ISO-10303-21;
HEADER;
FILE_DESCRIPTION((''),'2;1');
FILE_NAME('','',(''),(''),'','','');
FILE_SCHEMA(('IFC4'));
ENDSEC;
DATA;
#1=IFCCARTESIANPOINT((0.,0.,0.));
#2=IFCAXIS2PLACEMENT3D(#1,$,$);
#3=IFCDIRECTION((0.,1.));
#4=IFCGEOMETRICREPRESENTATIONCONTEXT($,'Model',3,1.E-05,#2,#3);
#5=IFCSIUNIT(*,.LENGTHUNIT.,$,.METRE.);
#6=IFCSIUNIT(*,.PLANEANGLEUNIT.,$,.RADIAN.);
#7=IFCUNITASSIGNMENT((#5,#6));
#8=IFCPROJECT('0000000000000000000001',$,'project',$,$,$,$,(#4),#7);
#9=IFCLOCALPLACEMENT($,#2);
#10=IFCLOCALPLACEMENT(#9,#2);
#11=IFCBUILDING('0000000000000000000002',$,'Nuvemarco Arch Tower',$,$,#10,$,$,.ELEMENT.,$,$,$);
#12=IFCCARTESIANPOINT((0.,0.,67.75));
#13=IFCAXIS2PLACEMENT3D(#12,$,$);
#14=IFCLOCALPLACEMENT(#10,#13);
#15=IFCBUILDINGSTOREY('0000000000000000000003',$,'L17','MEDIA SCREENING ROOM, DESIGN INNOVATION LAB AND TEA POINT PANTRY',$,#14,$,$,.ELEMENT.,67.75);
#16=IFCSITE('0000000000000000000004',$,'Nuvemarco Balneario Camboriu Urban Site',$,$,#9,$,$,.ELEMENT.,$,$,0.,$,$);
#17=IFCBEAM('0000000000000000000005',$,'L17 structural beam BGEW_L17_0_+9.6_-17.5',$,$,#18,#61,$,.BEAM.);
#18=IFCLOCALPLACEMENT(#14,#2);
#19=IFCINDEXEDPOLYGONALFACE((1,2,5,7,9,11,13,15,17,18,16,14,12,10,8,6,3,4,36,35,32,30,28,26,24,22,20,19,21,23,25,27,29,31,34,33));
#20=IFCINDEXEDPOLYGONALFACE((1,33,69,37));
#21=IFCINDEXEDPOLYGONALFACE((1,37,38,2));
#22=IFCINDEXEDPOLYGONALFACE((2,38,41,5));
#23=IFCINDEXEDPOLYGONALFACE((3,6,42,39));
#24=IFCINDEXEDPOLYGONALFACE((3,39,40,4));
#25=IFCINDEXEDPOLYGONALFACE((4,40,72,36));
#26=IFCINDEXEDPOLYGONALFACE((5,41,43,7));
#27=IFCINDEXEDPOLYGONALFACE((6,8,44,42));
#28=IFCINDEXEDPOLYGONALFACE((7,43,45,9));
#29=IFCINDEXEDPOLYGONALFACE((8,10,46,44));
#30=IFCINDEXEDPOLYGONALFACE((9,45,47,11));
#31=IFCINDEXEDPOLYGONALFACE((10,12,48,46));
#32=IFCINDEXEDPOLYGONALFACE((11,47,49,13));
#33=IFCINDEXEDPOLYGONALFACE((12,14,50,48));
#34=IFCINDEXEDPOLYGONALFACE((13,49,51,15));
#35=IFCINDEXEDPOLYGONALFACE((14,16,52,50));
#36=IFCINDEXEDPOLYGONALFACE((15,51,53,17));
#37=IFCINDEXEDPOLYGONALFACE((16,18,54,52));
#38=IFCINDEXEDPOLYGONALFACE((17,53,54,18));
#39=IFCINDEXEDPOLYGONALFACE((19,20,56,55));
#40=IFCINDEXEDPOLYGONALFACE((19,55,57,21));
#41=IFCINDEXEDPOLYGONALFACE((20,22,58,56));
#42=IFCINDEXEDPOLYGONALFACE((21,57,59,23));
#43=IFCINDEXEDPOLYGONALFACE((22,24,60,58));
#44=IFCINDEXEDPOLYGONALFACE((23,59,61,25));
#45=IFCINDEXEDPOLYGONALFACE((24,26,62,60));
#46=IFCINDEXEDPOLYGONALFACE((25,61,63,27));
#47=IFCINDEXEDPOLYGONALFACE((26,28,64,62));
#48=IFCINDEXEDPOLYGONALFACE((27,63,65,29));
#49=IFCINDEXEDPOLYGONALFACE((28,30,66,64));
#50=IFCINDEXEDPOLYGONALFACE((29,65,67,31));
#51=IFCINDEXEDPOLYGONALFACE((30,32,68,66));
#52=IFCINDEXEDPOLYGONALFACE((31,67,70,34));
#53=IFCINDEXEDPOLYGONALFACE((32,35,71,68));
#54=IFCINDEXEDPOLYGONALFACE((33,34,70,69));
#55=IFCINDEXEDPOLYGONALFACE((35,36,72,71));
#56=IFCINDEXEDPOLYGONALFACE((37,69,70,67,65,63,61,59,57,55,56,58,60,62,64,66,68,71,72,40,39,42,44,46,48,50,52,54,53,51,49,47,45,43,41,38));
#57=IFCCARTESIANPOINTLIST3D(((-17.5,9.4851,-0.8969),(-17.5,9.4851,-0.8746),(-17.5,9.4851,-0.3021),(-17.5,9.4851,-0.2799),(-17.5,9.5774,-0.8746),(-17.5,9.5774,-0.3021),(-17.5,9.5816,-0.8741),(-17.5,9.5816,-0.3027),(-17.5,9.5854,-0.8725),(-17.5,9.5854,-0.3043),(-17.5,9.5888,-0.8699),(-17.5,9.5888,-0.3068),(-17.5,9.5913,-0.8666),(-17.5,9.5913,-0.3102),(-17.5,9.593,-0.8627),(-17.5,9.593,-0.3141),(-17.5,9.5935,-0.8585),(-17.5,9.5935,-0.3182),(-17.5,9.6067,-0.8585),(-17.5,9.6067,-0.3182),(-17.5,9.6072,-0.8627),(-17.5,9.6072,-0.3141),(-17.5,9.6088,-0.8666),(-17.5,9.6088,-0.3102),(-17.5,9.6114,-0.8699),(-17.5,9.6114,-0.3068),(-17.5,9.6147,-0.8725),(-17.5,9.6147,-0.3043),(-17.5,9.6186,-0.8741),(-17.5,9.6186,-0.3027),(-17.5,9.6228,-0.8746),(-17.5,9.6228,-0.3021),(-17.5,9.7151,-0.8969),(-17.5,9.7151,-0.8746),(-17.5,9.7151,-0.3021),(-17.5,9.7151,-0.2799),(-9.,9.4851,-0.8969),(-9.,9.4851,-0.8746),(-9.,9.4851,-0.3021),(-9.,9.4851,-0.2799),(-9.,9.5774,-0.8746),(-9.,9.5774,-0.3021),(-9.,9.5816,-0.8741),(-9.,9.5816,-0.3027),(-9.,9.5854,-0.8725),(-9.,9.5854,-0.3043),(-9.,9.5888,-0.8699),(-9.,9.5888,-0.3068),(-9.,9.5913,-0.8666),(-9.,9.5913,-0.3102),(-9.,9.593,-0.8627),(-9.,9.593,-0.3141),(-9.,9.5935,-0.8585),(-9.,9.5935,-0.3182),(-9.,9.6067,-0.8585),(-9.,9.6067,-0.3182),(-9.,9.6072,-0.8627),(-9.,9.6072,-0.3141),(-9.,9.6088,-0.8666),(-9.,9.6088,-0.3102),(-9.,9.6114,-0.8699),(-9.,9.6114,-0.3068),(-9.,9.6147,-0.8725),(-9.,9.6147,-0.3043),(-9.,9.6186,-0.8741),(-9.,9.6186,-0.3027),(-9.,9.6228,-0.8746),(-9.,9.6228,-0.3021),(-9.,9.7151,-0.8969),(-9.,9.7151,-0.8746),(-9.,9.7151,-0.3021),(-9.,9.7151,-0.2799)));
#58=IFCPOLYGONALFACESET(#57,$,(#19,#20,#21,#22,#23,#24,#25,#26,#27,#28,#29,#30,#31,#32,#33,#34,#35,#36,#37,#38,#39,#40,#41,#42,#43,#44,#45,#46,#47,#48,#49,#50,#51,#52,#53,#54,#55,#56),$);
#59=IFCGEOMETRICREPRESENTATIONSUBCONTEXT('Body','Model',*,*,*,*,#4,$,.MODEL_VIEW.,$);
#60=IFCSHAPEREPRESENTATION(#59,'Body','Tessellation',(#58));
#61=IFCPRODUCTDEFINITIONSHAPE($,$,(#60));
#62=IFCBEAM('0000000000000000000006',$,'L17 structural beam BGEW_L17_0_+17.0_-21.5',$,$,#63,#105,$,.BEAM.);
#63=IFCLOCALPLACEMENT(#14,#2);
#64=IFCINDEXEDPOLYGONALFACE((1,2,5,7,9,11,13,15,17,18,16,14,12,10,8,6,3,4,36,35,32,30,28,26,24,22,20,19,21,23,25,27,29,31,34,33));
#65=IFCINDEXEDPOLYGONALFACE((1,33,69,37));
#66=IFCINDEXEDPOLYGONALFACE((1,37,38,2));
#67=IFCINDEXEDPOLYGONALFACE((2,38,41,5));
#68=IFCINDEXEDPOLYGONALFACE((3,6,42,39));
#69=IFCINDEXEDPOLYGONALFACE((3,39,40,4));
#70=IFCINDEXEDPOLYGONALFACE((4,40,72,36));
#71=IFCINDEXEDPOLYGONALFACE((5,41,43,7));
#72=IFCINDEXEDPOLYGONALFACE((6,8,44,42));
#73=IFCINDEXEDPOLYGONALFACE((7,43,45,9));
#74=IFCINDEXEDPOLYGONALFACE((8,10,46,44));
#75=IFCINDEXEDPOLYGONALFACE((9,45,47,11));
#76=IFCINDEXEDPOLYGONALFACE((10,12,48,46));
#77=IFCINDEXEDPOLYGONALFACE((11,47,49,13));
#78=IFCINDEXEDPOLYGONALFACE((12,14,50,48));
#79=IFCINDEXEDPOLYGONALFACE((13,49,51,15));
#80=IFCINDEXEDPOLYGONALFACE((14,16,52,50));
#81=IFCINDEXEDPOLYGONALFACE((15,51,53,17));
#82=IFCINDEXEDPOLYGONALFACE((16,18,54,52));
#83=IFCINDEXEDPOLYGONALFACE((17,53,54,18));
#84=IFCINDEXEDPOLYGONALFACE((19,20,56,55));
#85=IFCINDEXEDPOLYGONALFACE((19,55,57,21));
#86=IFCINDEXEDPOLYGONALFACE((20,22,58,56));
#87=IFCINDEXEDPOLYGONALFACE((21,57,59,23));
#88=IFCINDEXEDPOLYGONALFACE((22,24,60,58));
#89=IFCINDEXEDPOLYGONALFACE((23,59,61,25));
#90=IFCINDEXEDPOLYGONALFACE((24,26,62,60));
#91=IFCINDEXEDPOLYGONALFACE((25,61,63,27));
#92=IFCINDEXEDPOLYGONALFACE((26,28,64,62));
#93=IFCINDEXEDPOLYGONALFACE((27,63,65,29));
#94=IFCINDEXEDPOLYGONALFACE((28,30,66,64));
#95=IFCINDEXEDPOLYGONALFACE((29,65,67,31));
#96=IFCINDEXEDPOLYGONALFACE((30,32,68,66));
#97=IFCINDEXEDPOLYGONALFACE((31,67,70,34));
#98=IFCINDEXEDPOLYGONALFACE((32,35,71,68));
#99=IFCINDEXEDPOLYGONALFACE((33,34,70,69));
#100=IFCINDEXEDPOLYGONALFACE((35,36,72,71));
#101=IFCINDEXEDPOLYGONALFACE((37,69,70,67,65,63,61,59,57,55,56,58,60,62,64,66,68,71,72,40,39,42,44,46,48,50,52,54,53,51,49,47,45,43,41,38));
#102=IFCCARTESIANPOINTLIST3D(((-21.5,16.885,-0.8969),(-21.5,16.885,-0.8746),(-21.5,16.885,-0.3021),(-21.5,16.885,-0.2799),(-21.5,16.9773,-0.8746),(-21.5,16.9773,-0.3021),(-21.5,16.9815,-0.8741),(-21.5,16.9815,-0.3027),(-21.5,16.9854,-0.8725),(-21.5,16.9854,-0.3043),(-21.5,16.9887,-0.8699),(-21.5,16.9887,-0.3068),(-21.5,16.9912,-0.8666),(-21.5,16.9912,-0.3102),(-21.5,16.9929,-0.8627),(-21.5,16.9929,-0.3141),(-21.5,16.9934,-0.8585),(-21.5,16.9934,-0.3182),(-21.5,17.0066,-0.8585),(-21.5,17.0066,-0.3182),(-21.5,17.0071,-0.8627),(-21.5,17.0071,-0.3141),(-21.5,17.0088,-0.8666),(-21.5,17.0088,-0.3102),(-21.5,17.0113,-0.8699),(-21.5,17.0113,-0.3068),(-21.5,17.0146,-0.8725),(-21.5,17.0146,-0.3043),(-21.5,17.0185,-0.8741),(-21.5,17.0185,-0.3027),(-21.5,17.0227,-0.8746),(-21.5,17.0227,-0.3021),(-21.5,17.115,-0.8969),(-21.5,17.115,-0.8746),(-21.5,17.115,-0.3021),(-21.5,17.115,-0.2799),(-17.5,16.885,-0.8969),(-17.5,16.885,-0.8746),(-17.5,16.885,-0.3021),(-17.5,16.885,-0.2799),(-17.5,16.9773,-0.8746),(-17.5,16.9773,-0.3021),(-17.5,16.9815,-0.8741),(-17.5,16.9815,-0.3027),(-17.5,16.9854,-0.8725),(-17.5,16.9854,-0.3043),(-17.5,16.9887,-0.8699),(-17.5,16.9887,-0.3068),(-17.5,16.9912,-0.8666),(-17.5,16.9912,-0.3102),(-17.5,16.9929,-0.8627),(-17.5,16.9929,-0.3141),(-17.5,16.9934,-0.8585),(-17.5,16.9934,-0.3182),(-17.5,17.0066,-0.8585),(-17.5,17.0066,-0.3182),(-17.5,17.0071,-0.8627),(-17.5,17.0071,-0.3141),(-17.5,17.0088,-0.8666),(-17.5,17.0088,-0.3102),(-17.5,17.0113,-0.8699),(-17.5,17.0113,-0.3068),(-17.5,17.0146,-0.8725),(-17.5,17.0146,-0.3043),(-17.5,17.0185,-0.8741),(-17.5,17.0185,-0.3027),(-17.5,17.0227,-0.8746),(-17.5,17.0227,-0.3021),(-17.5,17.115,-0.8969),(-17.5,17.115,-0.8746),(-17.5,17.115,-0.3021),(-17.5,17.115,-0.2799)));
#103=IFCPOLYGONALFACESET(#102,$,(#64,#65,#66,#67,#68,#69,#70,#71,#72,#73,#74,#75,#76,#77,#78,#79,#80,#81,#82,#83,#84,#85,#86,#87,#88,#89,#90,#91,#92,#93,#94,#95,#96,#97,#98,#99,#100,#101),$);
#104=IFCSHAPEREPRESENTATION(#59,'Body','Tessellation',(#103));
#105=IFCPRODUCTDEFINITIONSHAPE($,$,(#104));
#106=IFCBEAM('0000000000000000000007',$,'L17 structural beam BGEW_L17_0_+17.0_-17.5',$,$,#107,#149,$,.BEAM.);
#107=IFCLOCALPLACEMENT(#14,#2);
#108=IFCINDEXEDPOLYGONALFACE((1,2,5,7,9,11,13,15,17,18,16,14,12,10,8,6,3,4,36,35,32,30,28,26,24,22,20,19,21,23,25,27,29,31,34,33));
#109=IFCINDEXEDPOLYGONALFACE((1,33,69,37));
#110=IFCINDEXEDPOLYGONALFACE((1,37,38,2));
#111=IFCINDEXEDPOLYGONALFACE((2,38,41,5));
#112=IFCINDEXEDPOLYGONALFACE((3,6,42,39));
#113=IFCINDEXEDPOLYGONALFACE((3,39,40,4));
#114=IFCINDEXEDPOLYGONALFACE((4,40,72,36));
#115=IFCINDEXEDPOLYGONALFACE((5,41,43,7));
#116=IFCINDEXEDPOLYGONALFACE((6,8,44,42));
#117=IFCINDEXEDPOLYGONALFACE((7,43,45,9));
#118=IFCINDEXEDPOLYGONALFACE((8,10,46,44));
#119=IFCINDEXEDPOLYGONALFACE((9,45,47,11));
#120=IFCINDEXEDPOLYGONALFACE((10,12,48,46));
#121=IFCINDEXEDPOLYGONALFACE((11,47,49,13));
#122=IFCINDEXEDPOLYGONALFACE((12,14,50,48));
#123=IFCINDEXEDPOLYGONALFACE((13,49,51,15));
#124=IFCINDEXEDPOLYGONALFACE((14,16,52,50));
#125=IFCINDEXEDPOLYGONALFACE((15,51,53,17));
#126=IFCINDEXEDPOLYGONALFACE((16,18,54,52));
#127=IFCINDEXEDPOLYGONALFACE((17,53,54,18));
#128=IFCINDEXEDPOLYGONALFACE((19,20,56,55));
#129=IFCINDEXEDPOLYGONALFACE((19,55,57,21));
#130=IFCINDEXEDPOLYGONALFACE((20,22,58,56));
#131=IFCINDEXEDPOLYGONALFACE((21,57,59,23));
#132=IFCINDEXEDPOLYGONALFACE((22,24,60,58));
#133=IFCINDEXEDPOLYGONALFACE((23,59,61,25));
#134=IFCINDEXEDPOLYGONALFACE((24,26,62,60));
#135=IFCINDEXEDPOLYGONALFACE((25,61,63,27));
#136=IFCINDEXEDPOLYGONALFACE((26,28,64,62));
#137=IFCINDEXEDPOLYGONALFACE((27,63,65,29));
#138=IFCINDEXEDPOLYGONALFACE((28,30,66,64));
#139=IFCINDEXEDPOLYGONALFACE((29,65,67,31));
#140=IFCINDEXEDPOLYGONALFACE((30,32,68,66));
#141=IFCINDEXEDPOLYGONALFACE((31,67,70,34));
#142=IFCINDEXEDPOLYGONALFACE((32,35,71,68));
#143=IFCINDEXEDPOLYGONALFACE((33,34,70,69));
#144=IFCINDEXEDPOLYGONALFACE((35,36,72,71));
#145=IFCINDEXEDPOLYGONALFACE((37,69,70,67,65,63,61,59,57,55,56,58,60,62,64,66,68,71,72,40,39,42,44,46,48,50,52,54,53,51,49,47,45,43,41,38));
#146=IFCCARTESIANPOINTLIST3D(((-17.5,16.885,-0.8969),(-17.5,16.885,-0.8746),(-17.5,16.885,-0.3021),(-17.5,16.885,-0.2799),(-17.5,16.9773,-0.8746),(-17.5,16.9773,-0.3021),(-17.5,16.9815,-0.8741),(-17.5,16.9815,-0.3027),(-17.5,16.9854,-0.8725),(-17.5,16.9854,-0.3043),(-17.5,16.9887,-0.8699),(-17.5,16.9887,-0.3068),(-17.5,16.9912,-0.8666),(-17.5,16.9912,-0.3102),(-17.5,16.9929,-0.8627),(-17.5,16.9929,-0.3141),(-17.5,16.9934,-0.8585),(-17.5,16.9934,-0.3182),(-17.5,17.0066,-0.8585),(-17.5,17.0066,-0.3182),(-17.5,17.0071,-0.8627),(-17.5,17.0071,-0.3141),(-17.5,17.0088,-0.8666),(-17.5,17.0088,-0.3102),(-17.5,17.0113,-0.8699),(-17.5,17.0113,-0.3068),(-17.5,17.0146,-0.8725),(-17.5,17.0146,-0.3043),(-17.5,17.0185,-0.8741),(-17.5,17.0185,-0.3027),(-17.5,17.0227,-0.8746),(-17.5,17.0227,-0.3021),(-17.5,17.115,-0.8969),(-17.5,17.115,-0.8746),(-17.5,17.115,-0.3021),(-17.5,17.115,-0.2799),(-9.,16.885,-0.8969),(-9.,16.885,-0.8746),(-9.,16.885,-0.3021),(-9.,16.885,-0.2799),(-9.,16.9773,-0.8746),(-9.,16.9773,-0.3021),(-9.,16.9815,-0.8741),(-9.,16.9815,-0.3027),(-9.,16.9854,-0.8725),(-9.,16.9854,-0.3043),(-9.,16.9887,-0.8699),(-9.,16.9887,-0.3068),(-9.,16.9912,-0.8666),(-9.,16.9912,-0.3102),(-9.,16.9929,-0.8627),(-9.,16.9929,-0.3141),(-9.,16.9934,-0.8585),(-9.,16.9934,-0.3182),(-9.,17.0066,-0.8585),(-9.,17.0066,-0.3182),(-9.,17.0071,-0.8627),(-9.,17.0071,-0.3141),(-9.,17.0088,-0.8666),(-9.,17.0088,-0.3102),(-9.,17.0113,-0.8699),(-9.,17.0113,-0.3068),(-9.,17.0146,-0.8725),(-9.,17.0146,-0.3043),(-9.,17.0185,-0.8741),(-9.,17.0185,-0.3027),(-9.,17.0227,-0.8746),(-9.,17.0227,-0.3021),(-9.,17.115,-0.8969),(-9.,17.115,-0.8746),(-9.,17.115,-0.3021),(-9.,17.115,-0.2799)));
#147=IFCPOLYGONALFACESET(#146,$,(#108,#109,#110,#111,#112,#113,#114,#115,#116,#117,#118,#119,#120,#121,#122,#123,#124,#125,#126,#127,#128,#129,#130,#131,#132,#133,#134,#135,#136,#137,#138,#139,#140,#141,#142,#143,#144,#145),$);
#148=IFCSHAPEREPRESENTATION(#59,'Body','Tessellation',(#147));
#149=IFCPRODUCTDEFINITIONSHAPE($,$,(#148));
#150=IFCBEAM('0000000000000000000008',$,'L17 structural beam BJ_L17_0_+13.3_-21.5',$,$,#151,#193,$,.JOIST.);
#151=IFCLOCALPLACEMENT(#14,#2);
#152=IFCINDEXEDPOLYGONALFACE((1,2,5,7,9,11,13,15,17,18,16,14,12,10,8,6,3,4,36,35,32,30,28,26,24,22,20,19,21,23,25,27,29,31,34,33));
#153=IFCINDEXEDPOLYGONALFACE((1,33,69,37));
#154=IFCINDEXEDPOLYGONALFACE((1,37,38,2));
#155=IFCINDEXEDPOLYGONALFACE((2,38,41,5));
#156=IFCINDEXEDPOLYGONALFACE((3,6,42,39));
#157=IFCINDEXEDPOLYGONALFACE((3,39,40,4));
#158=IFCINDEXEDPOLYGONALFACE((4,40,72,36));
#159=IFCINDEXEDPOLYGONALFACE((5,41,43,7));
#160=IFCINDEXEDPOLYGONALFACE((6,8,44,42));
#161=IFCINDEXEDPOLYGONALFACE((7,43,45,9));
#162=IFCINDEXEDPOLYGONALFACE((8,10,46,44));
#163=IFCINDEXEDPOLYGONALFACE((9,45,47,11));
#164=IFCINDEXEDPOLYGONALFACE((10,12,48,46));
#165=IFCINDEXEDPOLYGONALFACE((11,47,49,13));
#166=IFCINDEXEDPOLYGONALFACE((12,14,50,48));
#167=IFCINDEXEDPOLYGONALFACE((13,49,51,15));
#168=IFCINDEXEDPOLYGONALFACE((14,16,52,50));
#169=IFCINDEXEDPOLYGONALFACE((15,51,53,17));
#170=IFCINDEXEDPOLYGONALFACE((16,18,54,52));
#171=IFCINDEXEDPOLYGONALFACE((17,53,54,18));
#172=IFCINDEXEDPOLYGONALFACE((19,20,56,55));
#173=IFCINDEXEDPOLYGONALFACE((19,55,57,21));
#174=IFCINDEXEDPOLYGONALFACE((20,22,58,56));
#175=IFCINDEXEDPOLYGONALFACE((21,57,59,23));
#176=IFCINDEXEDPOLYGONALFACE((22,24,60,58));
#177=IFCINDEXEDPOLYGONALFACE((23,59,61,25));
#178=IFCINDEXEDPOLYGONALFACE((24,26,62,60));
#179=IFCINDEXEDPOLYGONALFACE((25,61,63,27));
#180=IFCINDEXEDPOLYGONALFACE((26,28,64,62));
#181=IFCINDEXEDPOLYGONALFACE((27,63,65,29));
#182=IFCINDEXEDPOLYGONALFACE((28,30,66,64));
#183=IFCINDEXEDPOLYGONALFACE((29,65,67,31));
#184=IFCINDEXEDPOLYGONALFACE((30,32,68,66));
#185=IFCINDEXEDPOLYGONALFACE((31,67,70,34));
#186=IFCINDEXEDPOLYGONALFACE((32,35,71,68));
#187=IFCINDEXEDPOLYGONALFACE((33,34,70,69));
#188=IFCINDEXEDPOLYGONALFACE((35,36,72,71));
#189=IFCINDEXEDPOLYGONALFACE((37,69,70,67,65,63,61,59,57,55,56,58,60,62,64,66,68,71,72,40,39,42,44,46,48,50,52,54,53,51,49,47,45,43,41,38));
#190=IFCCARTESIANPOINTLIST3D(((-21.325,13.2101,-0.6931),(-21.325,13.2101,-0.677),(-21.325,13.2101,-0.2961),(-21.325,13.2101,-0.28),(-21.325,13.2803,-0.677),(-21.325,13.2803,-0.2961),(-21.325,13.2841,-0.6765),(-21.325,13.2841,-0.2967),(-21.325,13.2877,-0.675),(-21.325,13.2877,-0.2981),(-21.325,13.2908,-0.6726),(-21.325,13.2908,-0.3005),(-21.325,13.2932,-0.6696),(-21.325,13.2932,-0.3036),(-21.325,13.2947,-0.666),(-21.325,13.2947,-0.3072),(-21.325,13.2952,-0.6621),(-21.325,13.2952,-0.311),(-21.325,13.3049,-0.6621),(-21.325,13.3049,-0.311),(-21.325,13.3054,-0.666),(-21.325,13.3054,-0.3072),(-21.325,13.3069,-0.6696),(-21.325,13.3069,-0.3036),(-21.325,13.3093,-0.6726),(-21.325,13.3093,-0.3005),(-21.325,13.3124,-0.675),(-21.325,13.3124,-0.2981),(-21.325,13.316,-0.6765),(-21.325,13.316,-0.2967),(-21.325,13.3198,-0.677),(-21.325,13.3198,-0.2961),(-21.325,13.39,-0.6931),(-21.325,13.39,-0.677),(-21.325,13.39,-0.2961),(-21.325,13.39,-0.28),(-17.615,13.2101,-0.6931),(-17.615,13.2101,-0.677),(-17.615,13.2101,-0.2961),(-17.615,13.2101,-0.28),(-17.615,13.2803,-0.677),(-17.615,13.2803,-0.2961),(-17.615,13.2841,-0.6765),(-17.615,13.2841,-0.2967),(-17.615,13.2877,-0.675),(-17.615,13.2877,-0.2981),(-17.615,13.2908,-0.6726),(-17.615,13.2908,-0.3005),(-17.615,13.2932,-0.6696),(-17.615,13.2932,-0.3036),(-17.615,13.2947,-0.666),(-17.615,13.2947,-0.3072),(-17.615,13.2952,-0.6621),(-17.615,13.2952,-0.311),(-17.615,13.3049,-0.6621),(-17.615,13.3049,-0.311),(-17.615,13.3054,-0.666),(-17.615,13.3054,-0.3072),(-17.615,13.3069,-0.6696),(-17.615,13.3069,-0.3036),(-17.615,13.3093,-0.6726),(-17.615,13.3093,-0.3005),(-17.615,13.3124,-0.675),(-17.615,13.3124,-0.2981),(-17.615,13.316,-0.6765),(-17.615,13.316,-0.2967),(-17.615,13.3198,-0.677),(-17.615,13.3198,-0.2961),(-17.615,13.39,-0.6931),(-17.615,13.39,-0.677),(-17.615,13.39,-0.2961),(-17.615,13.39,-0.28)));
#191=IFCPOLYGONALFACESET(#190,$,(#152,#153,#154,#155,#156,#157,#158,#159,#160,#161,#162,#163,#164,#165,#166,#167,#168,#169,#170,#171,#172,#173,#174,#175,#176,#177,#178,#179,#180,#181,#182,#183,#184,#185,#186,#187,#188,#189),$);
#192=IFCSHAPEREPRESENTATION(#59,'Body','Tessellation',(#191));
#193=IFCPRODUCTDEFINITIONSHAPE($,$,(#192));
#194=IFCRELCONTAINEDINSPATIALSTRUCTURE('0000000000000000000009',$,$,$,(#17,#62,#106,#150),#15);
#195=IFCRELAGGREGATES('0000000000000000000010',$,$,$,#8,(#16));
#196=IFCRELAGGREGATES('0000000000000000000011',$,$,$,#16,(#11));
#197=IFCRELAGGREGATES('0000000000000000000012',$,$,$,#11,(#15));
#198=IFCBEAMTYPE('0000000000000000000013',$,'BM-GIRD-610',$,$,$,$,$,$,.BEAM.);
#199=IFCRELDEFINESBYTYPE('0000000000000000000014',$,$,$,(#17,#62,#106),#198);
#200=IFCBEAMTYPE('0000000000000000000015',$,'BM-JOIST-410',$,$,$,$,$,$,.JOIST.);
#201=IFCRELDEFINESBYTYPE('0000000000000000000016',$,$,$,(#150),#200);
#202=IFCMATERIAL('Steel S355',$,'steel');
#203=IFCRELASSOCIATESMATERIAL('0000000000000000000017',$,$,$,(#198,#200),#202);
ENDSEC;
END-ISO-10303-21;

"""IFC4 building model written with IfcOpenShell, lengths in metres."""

from ifc_helpers import new_model, si_unit, direction, frame, origin, origin_2d, place, context, subcontext, project, spatial, i_section, extrude, material, material_profile, profile_set, type_object, element, save


model = new_model("IFC4")

# Units and contexts
model_context = context("Model", 3, precision=1e-05, world=origin(), true_north=direction((0.0, 1.0)))
body_context = subcontext(model_context, "Body", "Model", "MODEL_VIEW")
ifc_project = project(units=[si_unit("LENGTHUNIT", "METRE"), si_unit("PLANEANGLEUNIT", "RADIAN")], contexts=[model_context])

# Site, building, storey
site_placement = place(None, origin())
site = spatial("IfcSite", under=ifc_project, at=site_placement, Name="Nuvemarco Balneario Camboriu Urban Site", CompositionType="ELEMENT", RefElevation=0.0)
building_placement = place(site_placement, origin())
building = spatial("IfcBuilding", under=site, at=building_placement, Name="Nuvemarco Arch Tower", CompositionType="ELEMENT")
storey_placement = place(building_placement, frame((0.0, 0.0, 67.75)))
storey = spatial("IfcBuildingStorey", under=building, at=storey_placement, Name="L17", Description="MEDIA SCREENING ROOM, DESIGN INNOVATION LAB AND TEA POINT PANTRY", CompositionType="ELEMENT", Elevation=67.75)

# Shared definitions
ifc_material_1 = material(Name="Steel S355", Category="steel")

# Beams
ifc_material_profile_1 = material_profile(ifc_material_1, i_section(OverallWidth=0.23, OverallDepth=0.6169, WebThickness=0.0132, FlangeThickness=0.0222, FilletRadius=0.0161, at=origin_2d()), Name="W610x140")
ifc_profile_set_1 = profile_set([ifc_material_profile_1], Name="Steel S355")
beam_type_1 = type_object("IfcBeamType", Name="BM-GIRD-610", PredefinedType="BEAM", material=ifc_profile_set_1)
beam_1_placement = place(storey_placement, frame((-17.5, 9.6001, -0.5884), z_axis=(1.0, 0.0, 0.0), x_axis=(0.0, 1.0, 0.0)))
element("IfcBeam", 1, at=beam_1_placement, inside=storey, type_object=beam_type_1, Name="L17 structural beam BGEW_L17_0_+9.6_-17.5", PredefinedType="BEAM", context=body_context, shape_type="SweptSolid", body=[
    extrude(i_section(OverallWidth=0.23, OverallDepth=0.6169, WebThickness=0.0132, FlangeThickness=0.0222, FilletRadius=0.0161, at=origin_2d()), origin(), (0.0, 0.0, 1.0), 8.5),
])
beam_2_placement = place(storey_placement, frame((-21.5, 17.0, -0.5884), z_axis=(1.0, 0.0, 0.0), x_axis=(0.0, 1.0, 0.0)))
element("IfcBeam", 2, at=beam_2_placement, inside=storey, type_object=beam_type_1, Name="L17 structural beam BGEW_L17_0_+17.0_-21.5", PredefinedType="BEAM", context=body_context, shape_type="SweptSolid", body=[
    extrude(i_section(OverallWidth=0.23, OverallDepth=0.6169, WebThickness=0.0132, FlangeThickness=0.0222, FilletRadius=0.0161, at=origin_2d()), origin(), (0.0, 0.0, 1.0), 4.0),
])
beam_3_placement = place(storey_placement, frame((-17.5, 17.0, -0.5884), z_axis=(1.0, 0.0, 0.0), x_axis=(0.0, 1.0, 0.0)))
element("IfcBeam", 3, at=beam_3_placement, inside=storey, type_object=beam_type_1, Name="L17 structural beam BGEW_L17_0_+17.0_-17.5", PredefinedType="BEAM", context=body_context, shape_type="SweptSolid", body=[
    extrude(i_section(OverallWidth=0.23, OverallDepth=0.6169, WebThickness=0.0132, FlangeThickness=0.0222, FilletRadius=0.0161, at=origin_2d()), origin(), (0.0, 0.0, 1.0), 8.5),
])
ifc_material_profile_2 = material_profile(ifc_material_1, i_section(OverallWidth=0.1799, OverallDepth=0.4131, WebThickness=0.0098, FlangeThickness=0.0161, FilletRadius=0.0149, at=origin_2d()), Name="W410x75")
ifc_profile_set_2 = profile_set([ifc_material_profile_2], Name="Steel S355")
beam_type_2 = type_object("IfcBeamType", Name="BM-JOIST-410", PredefinedType="JOIST", material=ifc_profile_set_2)
beam_4_placement = place(storey_placement, frame((-21.325, 13.3, -0.4866), z_axis=(1.0, 0.0, 0.0), x_axis=(0.0, 1.0, 0.0)))
element("IfcBeam", 4, at=beam_4_placement, inside=storey, type_object=beam_type_2, Name="L17 structural beam BJ_L17_0_+13.3_-21.5", PredefinedType="JOIST", context=body_context, shape_type="SweptSolid", body=[
    extrude(i_section(OverallWidth=0.1799, OverallDepth=0.4131, WebThickness=0.0098, FlangeThickness=0.0161, FilletRadius=0.0149, at=origin_2d()), origin(), (0.0, 0.0, 1.0), 3.71),
])

save(model, "model.ifc")
